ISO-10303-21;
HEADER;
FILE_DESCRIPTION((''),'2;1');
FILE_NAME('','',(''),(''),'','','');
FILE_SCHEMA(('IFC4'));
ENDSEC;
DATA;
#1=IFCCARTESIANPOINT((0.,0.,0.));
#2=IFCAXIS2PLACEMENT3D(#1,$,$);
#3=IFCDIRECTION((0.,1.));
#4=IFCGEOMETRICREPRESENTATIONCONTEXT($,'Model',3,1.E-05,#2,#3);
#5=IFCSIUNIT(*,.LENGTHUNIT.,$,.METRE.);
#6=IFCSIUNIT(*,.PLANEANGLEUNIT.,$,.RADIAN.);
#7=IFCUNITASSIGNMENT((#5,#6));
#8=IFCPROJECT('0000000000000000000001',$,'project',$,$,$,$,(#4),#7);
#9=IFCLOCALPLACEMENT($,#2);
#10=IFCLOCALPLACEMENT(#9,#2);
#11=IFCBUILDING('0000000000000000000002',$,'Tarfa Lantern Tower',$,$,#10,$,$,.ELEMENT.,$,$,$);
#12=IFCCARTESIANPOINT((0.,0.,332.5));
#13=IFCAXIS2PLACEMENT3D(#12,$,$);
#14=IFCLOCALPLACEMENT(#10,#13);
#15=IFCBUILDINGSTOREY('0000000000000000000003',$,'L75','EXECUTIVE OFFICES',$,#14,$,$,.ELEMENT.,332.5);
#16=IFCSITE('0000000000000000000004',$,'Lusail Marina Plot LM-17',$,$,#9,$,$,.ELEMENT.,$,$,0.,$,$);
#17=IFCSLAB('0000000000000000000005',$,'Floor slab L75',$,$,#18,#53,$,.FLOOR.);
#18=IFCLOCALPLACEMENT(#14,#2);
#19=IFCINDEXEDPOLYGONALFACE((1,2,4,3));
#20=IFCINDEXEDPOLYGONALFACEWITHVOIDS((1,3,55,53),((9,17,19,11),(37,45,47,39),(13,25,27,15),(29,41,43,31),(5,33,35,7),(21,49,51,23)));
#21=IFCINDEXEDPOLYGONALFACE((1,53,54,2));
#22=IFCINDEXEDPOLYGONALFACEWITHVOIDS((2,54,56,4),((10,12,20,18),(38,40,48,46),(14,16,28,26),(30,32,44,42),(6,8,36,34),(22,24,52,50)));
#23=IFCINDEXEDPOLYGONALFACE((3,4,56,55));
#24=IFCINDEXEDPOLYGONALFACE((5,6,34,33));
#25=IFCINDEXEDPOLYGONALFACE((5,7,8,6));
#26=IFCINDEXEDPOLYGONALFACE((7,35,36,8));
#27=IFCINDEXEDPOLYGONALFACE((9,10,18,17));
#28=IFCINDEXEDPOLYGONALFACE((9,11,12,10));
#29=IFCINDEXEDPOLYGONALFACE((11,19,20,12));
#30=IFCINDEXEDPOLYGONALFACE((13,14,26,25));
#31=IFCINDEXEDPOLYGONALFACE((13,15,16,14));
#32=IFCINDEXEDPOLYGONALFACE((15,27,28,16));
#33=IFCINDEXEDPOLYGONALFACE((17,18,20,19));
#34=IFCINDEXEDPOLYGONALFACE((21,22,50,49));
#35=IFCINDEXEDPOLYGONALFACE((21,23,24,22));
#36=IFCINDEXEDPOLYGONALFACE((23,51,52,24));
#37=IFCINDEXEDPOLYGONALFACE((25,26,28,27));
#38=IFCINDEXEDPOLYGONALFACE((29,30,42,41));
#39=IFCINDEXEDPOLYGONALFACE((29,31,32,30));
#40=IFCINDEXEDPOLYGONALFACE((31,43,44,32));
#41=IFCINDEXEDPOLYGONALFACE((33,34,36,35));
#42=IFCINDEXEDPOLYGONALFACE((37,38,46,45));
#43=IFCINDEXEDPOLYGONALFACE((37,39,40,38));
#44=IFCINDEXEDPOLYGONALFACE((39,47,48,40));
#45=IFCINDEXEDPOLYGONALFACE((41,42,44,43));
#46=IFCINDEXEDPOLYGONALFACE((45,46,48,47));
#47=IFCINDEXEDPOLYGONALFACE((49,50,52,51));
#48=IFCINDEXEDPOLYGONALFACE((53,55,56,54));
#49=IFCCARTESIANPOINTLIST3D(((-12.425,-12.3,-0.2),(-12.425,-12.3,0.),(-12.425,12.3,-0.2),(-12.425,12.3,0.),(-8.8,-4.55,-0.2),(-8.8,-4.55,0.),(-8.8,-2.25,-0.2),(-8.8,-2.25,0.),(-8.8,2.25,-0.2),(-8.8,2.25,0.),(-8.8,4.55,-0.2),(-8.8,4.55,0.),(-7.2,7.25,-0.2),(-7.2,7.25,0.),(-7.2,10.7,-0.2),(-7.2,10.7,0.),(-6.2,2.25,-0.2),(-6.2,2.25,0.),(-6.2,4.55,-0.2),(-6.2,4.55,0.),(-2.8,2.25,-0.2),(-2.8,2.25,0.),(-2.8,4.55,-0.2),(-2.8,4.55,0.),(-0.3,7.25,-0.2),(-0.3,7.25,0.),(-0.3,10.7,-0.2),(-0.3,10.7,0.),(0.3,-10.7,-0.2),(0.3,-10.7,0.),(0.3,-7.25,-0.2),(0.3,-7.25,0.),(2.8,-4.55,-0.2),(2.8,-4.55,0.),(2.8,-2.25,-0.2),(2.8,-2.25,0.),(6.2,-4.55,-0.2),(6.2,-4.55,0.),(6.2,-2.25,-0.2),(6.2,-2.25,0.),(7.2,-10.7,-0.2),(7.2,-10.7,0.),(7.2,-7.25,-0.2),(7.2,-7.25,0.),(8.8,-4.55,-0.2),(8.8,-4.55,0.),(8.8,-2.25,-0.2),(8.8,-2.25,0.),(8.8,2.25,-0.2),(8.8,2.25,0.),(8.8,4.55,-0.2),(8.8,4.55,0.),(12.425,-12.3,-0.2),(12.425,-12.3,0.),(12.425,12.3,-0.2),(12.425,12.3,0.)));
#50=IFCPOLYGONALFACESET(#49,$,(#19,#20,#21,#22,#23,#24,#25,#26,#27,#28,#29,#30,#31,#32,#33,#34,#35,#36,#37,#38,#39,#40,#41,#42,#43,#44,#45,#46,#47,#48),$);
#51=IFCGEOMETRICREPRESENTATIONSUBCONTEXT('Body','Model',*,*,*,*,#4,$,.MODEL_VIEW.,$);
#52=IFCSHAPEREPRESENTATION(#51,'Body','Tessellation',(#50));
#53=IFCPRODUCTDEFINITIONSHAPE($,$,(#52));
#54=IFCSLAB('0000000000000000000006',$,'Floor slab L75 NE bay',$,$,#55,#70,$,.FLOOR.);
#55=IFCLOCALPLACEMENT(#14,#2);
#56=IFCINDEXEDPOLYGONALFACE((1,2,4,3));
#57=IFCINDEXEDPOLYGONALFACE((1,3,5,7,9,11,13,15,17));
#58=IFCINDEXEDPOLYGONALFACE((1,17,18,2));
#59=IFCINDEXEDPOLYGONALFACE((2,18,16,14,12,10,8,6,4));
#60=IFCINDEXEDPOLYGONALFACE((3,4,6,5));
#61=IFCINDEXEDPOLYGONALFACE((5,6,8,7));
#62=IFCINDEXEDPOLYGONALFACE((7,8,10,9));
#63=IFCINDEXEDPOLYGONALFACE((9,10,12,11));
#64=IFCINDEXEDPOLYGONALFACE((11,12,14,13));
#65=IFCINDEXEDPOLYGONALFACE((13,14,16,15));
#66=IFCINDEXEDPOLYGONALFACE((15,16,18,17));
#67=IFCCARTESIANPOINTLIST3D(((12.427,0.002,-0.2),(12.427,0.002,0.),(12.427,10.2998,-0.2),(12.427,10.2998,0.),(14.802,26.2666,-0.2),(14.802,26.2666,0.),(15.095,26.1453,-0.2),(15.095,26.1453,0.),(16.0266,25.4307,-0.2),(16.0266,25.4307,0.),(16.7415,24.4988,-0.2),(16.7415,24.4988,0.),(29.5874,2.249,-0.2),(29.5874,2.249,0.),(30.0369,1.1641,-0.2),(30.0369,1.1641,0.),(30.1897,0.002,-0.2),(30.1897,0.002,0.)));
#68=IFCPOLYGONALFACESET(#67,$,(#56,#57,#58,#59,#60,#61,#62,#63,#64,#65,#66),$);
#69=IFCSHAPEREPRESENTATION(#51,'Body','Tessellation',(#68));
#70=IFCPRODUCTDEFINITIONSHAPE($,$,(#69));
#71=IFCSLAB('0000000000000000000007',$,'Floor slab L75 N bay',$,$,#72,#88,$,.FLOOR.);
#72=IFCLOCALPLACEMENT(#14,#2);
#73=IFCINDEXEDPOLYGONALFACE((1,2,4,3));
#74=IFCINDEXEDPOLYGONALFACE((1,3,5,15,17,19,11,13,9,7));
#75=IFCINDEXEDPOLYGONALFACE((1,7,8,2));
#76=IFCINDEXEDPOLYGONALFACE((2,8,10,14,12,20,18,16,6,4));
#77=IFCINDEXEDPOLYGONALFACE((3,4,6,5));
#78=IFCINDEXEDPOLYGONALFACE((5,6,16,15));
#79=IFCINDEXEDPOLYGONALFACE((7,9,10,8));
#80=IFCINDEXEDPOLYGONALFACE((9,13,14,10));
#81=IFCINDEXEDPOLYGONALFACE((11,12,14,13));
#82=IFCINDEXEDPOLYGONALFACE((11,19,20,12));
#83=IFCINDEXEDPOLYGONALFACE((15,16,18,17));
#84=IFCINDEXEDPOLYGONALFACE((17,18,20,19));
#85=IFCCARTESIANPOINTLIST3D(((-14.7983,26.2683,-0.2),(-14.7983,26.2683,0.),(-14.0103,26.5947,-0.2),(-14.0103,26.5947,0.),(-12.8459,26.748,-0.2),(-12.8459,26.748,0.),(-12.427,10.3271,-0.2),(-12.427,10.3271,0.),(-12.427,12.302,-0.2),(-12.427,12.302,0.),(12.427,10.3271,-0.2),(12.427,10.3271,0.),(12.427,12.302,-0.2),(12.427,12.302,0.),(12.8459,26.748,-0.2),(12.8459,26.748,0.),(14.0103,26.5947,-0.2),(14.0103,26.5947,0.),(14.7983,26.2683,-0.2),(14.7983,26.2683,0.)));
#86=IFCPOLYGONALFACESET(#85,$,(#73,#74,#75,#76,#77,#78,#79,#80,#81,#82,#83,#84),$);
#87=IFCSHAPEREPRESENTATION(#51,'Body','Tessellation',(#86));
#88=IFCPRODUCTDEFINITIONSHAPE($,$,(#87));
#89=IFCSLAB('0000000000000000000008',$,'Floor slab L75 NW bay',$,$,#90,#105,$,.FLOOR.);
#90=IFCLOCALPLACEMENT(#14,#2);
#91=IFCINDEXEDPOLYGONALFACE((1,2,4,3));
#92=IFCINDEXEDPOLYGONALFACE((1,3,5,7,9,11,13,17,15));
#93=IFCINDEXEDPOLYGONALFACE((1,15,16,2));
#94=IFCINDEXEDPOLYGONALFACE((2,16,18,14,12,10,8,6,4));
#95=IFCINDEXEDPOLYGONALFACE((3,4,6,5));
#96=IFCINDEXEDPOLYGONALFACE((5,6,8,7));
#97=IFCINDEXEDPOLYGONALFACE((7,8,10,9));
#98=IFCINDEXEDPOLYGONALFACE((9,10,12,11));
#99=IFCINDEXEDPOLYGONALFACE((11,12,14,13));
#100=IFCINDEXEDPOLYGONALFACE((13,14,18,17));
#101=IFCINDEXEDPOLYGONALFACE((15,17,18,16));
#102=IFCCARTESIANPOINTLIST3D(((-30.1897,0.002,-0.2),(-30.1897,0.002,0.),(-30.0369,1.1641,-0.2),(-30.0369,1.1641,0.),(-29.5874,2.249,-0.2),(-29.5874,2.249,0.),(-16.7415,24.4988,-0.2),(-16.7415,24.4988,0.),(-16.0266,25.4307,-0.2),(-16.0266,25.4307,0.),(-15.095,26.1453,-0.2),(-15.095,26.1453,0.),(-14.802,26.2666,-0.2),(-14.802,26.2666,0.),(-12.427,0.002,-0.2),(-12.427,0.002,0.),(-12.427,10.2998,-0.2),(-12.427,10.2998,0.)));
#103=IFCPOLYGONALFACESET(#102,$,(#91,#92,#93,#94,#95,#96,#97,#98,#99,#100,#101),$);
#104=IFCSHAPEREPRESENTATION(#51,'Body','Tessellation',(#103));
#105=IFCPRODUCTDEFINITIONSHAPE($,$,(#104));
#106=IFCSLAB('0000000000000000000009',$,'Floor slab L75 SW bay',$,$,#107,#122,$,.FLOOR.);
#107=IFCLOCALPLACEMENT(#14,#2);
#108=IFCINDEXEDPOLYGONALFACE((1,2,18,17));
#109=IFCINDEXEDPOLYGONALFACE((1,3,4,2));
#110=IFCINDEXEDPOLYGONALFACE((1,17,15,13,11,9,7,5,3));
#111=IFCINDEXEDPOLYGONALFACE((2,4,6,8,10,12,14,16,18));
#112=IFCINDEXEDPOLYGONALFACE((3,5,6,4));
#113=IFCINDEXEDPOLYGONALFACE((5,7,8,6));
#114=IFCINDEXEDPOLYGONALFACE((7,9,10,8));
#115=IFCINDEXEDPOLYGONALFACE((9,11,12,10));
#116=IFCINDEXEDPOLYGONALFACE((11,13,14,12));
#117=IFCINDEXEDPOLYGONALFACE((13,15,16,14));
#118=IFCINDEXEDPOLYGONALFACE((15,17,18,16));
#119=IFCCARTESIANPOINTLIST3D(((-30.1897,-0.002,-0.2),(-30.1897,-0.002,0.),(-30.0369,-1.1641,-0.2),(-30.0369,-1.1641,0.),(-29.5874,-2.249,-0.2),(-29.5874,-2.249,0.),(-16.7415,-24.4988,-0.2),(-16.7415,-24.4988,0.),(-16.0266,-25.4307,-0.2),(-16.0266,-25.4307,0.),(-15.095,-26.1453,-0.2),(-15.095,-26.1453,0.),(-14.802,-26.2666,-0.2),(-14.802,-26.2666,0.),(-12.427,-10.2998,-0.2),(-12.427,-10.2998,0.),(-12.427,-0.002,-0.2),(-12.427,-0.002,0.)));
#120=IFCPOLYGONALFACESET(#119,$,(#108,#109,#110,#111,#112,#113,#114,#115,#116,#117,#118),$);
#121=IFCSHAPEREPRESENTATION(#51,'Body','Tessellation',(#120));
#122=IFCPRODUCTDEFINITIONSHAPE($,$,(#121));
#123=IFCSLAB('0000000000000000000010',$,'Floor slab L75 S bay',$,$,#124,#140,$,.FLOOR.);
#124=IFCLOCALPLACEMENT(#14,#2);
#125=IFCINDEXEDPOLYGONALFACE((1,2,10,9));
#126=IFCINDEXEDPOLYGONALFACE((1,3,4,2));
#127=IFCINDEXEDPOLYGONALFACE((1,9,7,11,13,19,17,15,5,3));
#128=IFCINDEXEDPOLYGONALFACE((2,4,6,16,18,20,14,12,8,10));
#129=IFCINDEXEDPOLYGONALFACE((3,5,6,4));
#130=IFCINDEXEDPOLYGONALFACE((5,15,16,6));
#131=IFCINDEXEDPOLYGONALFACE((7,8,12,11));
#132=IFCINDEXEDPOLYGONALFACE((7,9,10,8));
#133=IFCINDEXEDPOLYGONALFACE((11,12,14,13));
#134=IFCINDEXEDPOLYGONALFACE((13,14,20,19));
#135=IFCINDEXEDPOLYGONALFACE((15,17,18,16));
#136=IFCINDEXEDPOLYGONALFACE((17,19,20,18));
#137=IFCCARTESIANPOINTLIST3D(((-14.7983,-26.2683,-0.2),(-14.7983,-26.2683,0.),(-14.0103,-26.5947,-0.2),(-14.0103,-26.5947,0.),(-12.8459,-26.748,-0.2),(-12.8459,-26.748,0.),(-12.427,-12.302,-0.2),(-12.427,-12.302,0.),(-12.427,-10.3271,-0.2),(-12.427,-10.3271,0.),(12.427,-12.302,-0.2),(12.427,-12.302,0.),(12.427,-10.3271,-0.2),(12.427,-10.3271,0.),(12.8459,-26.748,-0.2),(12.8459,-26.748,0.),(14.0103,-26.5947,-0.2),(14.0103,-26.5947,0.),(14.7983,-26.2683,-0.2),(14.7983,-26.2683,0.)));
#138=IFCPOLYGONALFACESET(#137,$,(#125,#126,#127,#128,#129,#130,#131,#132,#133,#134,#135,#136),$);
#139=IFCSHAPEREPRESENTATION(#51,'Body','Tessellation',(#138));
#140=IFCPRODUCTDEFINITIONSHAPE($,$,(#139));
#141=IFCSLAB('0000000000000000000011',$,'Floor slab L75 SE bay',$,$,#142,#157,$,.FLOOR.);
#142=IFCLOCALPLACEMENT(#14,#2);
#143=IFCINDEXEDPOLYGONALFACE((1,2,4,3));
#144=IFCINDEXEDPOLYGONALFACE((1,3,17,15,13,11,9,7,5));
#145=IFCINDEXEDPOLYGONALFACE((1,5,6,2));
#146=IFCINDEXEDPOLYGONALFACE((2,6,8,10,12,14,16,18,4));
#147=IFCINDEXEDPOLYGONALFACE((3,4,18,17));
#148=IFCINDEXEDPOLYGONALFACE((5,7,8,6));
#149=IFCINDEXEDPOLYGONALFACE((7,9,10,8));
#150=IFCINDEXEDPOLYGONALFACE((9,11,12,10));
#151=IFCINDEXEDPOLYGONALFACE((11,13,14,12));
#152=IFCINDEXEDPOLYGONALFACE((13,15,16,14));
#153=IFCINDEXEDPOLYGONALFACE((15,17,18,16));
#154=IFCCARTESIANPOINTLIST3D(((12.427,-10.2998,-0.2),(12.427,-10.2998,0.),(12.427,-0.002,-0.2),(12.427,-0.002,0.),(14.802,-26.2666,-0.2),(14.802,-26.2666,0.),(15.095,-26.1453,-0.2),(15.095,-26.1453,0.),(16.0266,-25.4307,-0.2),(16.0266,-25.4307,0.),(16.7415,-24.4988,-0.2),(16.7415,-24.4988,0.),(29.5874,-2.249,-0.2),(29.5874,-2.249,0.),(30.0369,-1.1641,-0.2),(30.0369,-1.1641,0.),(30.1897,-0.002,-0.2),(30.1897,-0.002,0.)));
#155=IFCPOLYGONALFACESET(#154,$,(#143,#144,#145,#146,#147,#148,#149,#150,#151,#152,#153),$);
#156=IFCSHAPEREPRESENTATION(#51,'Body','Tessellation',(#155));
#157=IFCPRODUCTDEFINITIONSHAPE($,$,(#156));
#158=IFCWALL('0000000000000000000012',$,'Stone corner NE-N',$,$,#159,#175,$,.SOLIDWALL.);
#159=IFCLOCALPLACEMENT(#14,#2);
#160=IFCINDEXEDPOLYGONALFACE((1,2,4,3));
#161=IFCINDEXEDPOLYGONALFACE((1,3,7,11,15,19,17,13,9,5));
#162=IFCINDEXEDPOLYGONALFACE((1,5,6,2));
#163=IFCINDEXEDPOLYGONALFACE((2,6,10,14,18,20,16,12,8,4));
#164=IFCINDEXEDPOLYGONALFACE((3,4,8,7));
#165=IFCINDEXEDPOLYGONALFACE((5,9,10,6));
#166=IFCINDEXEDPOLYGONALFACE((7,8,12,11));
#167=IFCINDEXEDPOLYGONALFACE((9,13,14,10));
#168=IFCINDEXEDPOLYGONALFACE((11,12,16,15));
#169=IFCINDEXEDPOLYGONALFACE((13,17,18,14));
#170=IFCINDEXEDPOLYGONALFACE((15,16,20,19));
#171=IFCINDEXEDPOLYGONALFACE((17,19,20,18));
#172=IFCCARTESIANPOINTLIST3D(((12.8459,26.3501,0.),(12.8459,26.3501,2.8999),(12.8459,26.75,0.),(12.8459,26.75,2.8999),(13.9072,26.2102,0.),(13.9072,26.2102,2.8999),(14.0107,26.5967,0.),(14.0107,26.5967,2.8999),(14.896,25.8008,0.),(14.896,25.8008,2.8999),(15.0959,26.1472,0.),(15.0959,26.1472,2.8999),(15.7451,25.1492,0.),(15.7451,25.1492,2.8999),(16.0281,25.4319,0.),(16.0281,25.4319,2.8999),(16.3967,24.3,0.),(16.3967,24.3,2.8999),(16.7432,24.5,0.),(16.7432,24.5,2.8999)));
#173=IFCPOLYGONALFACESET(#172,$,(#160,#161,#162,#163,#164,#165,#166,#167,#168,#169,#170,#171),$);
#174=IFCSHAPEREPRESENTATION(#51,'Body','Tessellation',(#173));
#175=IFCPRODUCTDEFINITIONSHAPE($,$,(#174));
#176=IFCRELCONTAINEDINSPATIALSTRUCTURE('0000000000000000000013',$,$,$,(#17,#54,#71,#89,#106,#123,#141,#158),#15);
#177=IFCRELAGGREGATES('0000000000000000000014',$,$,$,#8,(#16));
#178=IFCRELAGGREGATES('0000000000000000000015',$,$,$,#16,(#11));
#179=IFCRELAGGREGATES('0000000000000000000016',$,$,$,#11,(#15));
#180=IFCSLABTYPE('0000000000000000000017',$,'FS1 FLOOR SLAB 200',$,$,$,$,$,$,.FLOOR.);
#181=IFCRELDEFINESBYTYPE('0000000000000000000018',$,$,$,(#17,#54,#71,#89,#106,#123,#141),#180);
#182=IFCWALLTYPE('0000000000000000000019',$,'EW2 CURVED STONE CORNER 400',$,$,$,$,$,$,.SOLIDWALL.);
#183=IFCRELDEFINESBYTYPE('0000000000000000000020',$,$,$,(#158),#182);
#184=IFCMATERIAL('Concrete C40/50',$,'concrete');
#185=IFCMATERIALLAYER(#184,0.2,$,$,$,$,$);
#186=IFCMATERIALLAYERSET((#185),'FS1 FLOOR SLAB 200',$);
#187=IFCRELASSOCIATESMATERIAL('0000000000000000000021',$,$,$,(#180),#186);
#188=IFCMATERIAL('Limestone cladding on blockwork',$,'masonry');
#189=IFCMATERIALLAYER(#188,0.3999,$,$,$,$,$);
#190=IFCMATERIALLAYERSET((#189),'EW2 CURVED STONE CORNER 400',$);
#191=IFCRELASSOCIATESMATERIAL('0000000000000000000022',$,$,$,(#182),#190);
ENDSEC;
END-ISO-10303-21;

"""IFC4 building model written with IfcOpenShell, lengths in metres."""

from ifc_helpers import new_model, si_unit, direction, frame, origin, place, context, subcontext, project, spatial, polyline, outline, extrude, material, layer, layer_set, type_object, element, save


model = new_model("IFC4")

# Units and contexts
model_context = context("Model", 3, precision=1e-05, world=origin(), true_north=direction((0.0, 1.0)))
body_context = subcontext(model_context, "Body", "Model", "MODEL_VIEW")
ifc_project = project(units=[si_unit("LENGTHUNIT", "METRE"), si_unit("PLANEANGLEUNIT", "RADIAN")], contexts=[model_context])

# Site, building, storey
site_placement = place(None, origin())
site = spatial("IfcSite", under=ifc_project, at=site_placement, Name="Lusail Marina Plot LM-17", CompositionType="ELEMENT", RefElevation=0.0)
building_placement = place(site_placement, origin())
building = spatial("IfcBuilding", under=site, at=building_placement, Name="Tarfa Lantern Tower", CompositionType="ELEMENT")
storey_placement = place(building_placement, frame((0.0, 0.0, 332.5)))
storey = spatial("IfcBuildingStorey", under=building, at=storey_placement, Name="L75", Description="EXECUTIVE OFFICES", CompositionType="ELEMENT", Elevation=332.5)

# Slabs
ifc_material_1 = material(Name="Concrete C40/50", Category="concrete")
ifc_layer_1 = layer(ifc_material_1, 0.2)
ifc_layer_set_1 = layer_set([ifc_layer_1], Name="FS1 FLOOR SLAB 200")
slab_type = type_object("IfcSlabType", Name="FS1 FLOOR SLAB 200", PredefinedType="FLOOR", material=ifc_layer_set_1)
slab_1_placement = place(storey_placement, frame((0.0, 0.0, -0.2)))
element("IfcSlab", 1, at=slab_1_placement, inside=storey, type_object=slab_type, Name="Floor slab L75", PredefinedType="FLOOR", context=body_context, shape_type="SweptSolid", body=[
    extrude(outline(polyline([(-12.425, -12.3), (12.425, -12.3), (12.425, 12.3), (-12.425, 12.3), (-12.425, -12.3)]), holes=[polyline([(-8.8, 2.25), (-6.2, 2.25), (-6.2, 4.55), (-8.8, 4.55), (-8.8, 2.25)]), polyline([(-2.8, 2.25), (8.8, 2.25), (8.8, 4.55), (-2.8, 4.55), (-2.8, 2.25)]), polyline([(8.8, -2.25), (6.2, -2.25), (6.2, -4.55), (8.8, -4.55), (8.8, -2.25)]), polyline([(2.8, -2.25), (-8.8, -2.25), (-8.8, -4.55), (2.8, -4.55), (2.8, -2.25)]), polyline([(-7.2, 7.25), (-0.3, 7.25), (-0.3, 10.7), (-7.2, 10.7), (-7.2, 7.25)]), polyline([(7.2, -7.25), (0.3, -7.25), (0.3, -10.7), (7.2, -10.7), (7.2, -7.25)])]), origin(), (0.0, 0.0, 1.0), 0.2),
])
slab_2_placement = place(storey_placement, frame((0.0, 0.0, -0.2)))
element("IfcSlab", 2, at=slab_2_placement, inside=storey, type_object=slab_type, Name="Floor slab L75 NE bay", PredefinedType="FLOOR", context=body_context, shape_type="SweptSolid", body=[
    extrude(outline(polyline([(29.5874, 2.249), (16.7415, 24.4988), (16.0266, 25.4307), (15.095, 26.1453), (14.802, 26.2666), (12.427, 10.2998), (12.427, 0.002), (30.1897, 0.002), (30.0369, 1.1641), (29.5874, 2.249)])), origin(), (0.0, 0.0, 1.0), 0.2),
])
slab_3_placement = place(storey_placement, frame((0.0, 0.0, -0.2)))
element("IfcSlab", 3, at=slab_3_placement, inside=storey, type_object=slab_type, Name="Floor slab L75 N bay", PredefinedType="FLOOR", context=body_context, shape_type="SweptSolid", body=[
    extrude(outline(polyline([(-12.427, 10.3271), (-12.427, 12.302), (12.427, 12.302), (12.427, 10.3271), (14.7983, 26.2683), (14.0103, 26.5947), (12.8459, 26.748), (-12.8459, 26.748), (-14.0103, 26.5947), (-14.7983, 26.2683), (-12.427, 10.3271)])), origin(), (0.0, 0.0, 1.0), 0.2),
])
slab_4_placement = place(storey_placement, frame((0.0, 0.0, -0.2)))
element("IfcSlab", 4, at=slab_4_placement, inside=storey, type_object=slab_type, Name="Floor slab L75 NW bay", PredefinedType="FLOOR", context=body_context, shape_type="SweptSolid", body=[
    extrude(outline(polyline([(-12.427, 0.002), (-12.427, 10.2998), (-14.802, 26.2666), (-15.095, 26.1453), (-16.0266, 25.4307), (-16.7415, 24.4988), (-29.5874, 2.249), (-30.0369, 1.1641), (-30.1897, 0.002), (-12.427, 0.002)])), origin(), (0.0, 0.0, 1.0), 0.2),
])
slab_5_placement = place(storey_placement, frame((0.0, 0.0, -0.2)))
element("IfcSlab", 5, at=slab_5_placement, inside=storey, type_object=slab_type, Name="Floor slab L75 SW bay", PredefinedType="FLOOR", context=body_context, shape_type="SweptSolid", body=[
    extrude(outline(polyline([(-12.427, -10.2998), (-12.427, -0.002), (-30.1897, -0.002), (-30.0369, -1.1641), (-29.5874, -2.249), (-16.7415, -24.4988), (-16.0266, -25.4307), (-15.095, -26.1453), (-14.802, -26.2666), (-12.427, -10.2998)])), origin(), (0.0, 0.0, 1.0), 0.2),
])
slab_6_placement = place(storey_placement, frame((0.0, 0.0, -0.2)))
element("IfcSlab", 6, at=slab_6_placement, inside=storey, type_object=slab_type, Name="Floor slab L75 S bay", PredefinedType="FLOOR", context=body_context, shape_type="SweptSolid", body=[
    extrude(outline(polyline([(12.427, -10.3271), (12.427, -12.302), (-12.427, -12.302), (-12.427, -10.3271), (-14.7983, -26.2683), (-14.0103, -26.5947), (-12.8459, -26.748), (12.8459, -26.748), (14.0103, -26.5947), (14.7983, -26.2683), (12.427, -10.3271)])), origin(), (0.0, 0.0, 1.0), 0.2),
])
slab_7_placement = place(storey_placement, frame((0.0, 0.0, -0.2)))
element("IfcSlab", 7, at=slab_7_placement, inside=storey, type_object=slab_type, Name="Floor slab L75 SE bay", PredefinedType="FLOOR", context=body_context, shape_type="SweptSolid", body=[
    extrude(outline(polyline([(12.427, -0.002), (12.427, -10.2998), (14.802, -26.2666), (15.095, -26.1453), (16.0266, -25.4307), (16.7415, -24.4988), (29.5874, -2.249), (30.0369, -1.1641), (30.1897, -0.002), (12.427, -0.002)])), origin(), (0.0, 0.0, 1.0), 0.2),
])

# Wall
ifc_material_2 = material(Name="Limestone cladding on blockwork", Category="masonry")
ifc_layer_2 = layer(ifc_material_2, 0.3999)
ifc_layer_set_2 = layer_set([ifc_layer_2], Name="EW2 CURVED STONE CORNER 400")
wall_type_1 = type_object("IfcWallType", Name="EW2 CURVED STONE CORNER 400", PredefinedType="SOLIDWALL", material=ifc_layer_set_2)
wall_1_placement = place(storey_placement, origin())
element("IfcWall", 8, at=wall_1_placement, inside=storey, type_object=wall_type_1, Name="Stone corner NE-N", PredefinedType="SOLIDWALL", context=body_context, shape_type="SweptSolid", body=[
    extrude(outline(polyline([(16.7432, 24.5), (16.0281, 25.4319), (15.0959, 26.1472), (14.0107, 26.5967), (12.8459, 26.75), (12.8459, 26.3501), (13.9072, 26.2102), (14.896, 25.8008), (15.7451, 25.1492), (16.3967, 24.3), (16.7432, 24.5)])), origin(), (0.0, 0.0, 1.0), 2.8999),
])

save(model, "model.ifc")
